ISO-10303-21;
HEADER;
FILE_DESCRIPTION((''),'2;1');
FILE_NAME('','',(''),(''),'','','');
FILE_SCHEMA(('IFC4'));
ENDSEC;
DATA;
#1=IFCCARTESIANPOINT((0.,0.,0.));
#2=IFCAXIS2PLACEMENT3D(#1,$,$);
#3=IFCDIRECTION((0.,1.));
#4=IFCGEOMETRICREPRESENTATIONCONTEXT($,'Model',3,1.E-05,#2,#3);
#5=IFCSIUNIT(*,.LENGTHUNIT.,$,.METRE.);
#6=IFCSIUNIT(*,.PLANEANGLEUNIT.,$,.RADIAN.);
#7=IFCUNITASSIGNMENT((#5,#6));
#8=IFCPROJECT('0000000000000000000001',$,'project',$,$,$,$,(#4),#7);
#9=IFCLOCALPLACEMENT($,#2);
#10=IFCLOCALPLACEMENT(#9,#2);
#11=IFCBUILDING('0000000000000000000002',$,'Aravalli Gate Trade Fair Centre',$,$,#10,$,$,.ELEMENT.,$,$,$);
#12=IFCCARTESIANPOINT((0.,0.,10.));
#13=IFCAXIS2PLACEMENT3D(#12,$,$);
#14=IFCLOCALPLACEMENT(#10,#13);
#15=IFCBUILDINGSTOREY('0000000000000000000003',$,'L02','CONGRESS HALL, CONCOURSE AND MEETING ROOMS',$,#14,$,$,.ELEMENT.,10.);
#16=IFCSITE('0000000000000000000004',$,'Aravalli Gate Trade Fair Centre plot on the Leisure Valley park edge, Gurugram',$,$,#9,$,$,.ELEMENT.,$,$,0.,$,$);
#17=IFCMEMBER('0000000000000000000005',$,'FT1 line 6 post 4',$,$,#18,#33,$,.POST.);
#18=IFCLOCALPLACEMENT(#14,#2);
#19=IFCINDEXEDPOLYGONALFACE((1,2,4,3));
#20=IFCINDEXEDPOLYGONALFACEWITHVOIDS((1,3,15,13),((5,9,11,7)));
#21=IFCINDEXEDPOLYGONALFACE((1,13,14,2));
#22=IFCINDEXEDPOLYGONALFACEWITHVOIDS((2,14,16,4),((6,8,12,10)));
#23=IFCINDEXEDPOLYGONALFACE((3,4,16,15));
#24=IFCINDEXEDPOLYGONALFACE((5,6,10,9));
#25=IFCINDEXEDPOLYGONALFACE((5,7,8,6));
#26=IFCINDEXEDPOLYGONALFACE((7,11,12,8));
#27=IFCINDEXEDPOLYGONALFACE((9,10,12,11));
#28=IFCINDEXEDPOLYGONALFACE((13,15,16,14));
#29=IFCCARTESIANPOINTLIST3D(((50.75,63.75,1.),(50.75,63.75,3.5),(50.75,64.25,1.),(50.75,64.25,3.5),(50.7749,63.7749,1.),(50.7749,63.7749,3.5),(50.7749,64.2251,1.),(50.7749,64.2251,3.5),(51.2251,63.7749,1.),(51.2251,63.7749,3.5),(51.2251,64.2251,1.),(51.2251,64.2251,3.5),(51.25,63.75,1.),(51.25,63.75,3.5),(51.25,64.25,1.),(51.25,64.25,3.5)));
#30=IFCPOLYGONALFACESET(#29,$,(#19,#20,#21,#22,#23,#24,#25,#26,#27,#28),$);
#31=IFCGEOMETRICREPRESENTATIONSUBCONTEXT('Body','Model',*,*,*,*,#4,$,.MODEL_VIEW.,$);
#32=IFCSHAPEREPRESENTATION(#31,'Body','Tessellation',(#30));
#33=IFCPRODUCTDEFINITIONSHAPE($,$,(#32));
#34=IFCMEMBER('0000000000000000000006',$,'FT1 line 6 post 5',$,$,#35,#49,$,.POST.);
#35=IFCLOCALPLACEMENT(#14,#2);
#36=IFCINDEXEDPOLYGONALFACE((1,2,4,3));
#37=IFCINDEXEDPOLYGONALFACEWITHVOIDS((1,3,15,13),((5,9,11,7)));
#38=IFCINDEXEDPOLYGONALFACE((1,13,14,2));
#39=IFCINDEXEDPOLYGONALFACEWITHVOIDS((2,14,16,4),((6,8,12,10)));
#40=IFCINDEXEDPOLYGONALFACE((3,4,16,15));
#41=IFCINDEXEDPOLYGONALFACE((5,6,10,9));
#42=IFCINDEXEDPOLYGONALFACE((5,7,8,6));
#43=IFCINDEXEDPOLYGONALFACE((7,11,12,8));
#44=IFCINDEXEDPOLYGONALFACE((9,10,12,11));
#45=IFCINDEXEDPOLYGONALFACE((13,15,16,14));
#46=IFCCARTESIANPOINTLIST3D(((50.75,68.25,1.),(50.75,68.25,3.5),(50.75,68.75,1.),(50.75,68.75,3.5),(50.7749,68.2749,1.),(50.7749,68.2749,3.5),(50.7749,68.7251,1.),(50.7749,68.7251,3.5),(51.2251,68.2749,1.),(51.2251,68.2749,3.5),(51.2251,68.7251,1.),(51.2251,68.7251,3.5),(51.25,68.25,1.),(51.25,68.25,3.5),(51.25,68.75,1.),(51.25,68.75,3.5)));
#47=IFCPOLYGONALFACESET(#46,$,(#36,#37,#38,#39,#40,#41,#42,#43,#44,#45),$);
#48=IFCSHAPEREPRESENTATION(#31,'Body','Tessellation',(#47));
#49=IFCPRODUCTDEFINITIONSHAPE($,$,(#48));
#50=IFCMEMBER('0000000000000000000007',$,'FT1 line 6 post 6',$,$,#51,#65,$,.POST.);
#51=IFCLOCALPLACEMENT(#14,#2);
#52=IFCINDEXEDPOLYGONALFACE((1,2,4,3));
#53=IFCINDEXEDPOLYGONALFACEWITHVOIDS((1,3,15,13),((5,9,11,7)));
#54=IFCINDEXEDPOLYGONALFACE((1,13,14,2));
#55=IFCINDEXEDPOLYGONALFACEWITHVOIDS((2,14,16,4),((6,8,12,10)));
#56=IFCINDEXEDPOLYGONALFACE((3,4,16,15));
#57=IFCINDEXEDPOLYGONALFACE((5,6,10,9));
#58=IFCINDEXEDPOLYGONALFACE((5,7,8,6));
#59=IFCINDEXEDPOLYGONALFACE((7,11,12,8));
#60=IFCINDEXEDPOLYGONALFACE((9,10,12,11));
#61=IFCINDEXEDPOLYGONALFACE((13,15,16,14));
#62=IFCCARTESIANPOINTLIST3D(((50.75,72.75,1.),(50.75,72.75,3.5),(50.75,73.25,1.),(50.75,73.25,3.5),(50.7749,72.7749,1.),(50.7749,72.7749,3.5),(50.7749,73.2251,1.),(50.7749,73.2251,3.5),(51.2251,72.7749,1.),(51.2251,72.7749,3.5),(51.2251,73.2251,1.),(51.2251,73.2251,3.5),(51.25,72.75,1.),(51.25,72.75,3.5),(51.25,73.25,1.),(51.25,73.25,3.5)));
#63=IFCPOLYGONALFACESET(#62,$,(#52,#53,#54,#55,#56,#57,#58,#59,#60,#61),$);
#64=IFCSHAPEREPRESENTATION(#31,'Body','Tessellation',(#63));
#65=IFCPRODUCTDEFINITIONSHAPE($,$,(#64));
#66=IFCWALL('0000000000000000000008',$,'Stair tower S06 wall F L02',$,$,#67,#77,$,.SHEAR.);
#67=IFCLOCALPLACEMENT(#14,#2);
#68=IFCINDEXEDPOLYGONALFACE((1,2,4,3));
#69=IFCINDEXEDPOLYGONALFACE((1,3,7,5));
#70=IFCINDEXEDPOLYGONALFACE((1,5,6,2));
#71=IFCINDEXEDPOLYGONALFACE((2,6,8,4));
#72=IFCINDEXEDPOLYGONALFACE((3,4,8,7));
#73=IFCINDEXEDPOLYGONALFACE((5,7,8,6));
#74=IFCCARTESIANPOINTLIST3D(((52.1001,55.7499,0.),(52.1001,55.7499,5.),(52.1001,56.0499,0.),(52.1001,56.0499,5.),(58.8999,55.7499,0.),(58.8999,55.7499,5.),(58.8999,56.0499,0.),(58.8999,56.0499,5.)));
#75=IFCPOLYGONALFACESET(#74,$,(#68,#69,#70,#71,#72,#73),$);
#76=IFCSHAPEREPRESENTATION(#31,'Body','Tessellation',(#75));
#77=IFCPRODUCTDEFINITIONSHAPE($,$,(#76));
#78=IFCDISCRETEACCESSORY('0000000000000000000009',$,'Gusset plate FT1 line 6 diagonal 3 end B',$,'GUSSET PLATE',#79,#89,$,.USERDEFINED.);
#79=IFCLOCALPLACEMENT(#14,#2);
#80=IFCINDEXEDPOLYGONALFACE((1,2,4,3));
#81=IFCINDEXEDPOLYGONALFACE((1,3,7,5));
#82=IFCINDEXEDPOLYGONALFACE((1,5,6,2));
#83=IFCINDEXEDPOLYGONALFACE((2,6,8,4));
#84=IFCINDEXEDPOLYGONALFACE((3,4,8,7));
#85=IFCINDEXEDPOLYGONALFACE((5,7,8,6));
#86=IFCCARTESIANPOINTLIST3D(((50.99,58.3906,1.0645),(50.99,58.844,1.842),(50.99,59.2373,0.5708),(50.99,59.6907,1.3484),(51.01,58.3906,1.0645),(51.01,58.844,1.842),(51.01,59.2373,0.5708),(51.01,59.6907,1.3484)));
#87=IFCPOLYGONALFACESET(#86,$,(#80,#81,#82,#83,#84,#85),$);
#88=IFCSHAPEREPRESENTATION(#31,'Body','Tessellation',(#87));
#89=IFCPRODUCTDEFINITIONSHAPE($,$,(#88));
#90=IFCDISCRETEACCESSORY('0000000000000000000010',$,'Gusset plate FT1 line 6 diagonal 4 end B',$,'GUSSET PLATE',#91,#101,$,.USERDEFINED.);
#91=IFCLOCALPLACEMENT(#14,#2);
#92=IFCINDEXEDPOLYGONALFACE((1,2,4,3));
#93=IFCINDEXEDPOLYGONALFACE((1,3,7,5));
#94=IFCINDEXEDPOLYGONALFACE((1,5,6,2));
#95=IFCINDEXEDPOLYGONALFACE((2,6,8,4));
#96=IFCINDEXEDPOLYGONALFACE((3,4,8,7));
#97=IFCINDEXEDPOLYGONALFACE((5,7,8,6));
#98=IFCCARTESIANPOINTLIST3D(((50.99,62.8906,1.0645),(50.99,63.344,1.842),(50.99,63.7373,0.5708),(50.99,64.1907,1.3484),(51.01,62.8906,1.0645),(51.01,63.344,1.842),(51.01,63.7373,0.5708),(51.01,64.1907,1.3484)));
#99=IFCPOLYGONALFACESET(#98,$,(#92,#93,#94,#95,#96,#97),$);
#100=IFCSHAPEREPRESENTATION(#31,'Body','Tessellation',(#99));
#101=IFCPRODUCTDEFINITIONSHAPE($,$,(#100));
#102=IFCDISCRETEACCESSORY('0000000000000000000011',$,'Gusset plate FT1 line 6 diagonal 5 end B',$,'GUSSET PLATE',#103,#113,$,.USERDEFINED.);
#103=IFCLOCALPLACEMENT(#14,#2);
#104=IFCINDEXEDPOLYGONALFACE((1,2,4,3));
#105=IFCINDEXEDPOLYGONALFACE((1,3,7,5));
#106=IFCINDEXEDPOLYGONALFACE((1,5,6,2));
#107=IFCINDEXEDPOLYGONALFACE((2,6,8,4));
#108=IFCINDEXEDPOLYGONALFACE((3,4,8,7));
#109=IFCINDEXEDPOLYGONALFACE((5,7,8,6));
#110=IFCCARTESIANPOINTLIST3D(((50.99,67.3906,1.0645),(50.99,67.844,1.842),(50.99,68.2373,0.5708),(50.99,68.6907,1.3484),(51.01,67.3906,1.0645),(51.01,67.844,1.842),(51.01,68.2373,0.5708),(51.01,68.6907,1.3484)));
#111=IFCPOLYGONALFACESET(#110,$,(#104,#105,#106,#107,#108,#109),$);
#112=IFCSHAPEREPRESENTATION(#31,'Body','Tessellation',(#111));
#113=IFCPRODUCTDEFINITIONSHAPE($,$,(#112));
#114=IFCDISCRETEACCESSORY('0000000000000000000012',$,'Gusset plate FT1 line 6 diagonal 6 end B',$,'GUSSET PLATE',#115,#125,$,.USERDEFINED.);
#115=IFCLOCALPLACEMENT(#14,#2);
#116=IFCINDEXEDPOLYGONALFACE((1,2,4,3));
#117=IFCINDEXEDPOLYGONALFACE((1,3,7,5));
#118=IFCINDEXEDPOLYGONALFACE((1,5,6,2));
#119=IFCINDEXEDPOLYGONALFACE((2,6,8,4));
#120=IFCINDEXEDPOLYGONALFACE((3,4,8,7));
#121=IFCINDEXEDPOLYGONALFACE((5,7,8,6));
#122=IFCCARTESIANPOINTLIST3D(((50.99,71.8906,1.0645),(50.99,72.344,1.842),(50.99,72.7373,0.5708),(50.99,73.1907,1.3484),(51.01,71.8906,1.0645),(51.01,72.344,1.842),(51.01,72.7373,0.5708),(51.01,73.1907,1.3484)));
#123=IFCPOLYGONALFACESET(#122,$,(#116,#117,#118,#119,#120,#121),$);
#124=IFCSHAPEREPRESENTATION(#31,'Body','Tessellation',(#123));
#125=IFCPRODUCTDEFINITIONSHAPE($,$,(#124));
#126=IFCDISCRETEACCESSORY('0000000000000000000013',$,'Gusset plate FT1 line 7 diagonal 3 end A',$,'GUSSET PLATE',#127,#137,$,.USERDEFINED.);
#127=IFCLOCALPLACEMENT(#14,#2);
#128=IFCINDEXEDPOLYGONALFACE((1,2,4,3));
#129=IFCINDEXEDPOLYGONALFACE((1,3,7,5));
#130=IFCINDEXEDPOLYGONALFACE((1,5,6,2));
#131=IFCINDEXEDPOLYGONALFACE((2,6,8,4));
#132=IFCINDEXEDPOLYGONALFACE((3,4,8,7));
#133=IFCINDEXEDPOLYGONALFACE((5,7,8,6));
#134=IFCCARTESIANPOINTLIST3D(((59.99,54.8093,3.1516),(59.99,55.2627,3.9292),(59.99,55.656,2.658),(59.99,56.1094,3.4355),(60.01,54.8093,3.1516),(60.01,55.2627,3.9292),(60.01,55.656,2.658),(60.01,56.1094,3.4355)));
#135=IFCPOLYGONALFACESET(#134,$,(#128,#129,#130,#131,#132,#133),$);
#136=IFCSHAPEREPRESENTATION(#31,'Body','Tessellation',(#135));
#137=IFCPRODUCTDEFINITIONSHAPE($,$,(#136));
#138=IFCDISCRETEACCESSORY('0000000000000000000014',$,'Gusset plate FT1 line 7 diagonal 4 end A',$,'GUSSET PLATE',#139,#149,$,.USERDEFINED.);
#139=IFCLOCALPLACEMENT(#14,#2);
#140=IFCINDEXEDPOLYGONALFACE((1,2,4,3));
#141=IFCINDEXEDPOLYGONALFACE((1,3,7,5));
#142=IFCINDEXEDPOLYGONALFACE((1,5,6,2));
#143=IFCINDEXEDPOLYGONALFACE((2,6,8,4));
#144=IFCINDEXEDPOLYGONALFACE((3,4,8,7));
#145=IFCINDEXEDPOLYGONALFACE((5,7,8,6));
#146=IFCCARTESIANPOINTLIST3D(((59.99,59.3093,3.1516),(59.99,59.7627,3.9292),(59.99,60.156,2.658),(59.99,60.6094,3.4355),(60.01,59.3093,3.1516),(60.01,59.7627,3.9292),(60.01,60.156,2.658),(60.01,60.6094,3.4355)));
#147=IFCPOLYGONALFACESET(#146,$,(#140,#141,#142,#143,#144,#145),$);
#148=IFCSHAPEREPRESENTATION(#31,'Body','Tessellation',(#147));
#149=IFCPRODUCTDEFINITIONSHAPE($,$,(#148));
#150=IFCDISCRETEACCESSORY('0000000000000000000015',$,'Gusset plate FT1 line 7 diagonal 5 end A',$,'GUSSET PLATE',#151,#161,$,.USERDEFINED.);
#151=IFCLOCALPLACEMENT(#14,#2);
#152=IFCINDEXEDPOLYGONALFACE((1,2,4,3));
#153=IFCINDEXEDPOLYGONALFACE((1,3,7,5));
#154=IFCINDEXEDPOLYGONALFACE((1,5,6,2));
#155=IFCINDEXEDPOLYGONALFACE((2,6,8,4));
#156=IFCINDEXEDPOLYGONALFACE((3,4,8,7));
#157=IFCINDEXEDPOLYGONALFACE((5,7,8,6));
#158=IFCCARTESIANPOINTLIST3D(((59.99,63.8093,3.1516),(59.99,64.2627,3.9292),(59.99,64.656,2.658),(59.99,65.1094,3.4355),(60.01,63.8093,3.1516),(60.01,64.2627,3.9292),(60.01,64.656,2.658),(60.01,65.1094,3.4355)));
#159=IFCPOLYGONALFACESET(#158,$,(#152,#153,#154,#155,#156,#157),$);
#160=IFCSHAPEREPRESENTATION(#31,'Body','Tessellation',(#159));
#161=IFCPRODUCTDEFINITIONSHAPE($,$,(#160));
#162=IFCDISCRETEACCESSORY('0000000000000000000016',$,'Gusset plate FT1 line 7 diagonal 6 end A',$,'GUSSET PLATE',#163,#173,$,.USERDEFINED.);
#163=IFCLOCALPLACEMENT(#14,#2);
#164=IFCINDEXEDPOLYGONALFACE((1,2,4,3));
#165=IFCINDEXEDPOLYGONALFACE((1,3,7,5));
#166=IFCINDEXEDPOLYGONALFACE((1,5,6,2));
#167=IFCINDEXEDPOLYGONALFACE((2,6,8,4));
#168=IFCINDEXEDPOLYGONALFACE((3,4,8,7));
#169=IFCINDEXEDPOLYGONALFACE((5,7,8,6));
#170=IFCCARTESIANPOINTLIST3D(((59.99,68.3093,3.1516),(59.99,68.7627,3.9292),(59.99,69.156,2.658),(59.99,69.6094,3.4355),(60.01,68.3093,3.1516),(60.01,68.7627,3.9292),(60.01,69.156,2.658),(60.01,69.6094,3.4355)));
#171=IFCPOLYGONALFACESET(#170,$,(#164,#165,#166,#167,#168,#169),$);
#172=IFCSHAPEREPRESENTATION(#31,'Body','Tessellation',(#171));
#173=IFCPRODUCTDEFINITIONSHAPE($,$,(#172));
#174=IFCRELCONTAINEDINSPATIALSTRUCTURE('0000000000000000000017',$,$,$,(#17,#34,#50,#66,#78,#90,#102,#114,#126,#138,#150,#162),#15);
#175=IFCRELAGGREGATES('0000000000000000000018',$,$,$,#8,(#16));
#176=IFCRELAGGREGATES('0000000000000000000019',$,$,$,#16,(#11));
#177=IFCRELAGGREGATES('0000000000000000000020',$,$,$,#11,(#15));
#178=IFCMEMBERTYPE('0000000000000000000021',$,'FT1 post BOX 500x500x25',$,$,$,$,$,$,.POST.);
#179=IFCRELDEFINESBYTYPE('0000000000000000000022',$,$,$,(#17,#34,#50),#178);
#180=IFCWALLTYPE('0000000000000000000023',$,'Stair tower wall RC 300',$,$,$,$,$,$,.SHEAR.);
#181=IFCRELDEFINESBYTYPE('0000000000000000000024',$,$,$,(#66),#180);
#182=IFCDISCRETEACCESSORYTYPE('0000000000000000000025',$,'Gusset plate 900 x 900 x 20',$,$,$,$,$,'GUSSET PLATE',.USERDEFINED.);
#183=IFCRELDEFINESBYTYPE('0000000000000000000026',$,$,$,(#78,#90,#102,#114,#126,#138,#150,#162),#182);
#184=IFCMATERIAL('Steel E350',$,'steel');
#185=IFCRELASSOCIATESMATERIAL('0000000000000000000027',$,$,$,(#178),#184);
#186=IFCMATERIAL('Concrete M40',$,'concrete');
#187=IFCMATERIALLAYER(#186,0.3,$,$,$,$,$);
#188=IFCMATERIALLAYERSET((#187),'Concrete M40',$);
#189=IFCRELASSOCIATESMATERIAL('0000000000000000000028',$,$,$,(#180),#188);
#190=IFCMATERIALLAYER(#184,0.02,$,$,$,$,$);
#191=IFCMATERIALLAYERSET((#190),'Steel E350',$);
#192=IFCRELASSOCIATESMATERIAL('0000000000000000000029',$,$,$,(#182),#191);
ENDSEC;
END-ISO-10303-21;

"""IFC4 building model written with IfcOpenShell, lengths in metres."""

from ifc_helpers import new_model, si_unit, direction, frame, frame_2d, origin, origin_2d, place, context, subcontext, project, spatial, polyline, rectangle, hollow_rectangle, outline, extrude, material, layer, layer_set, material_profile, profile_set, type_object, element, save


model = new_model("IFC4")

# Units and contexts
model_context = context("Model", 3, precision=1e-05, world=origin(), true_north=direction((0.0, 1.0)))
body_context = subcontext(model_context, "Body", "Model", "MODEL_VIEW")
ifc_project = project(units=[si_unit("LENGTHUNIT", "METRE"), si_unit("PLANEANGLEUNIT", "RADIAN")], contexts=[model_context])

# Site, building, storey
site_placement = place(None, origin())
site = spatial("IfcSite", under=ifc_project, at=site_placement, Name="Aravalli Gate Trade Fair Centre plot on the Leisure Valley park edge, Gurugram", CompositionType="ELEMENT", RefElevation=0.0)
building_placement = place(site_placement, origin())
building = spatial("IfcBuilding", under=site, at=building_placement, Name="Aravalli Gate Trade Fair Centre", CompositionType="ELEMENT")
storey_placement = place(building_placement, frame((0.0, 0.0, 10.0)))
storey = spatial("IfcBuildingStorey", under=building, at=storey_placement, Name="L02", Description="CONGRESS HALL, CONCOURSE AND MEETING ROOMS", CompositionType="ELEMENT", Elevation=10.0)

# Members
ifc_material_1 = material(Name="Steel E350", Category="steel")
ifc_material_profile_1 = material_profile(ifc_material_1, hollow_rectangle(XDim=0.5, YDim=0.5, WallThickness=0.0249, at=origin_2d()), Name="BOX 500x500x25")
ifc_profile_set_1 = profile_set([ifc_material_profile_1], Name="Steel E350")
member_type_1 = type_object("IfcMemberType", Name="FT1 post BOX 500x500x25", PredefinedType="POST", material=ifc_profile_set_1)
for number, where, z_axis, x_axis, name in (
    (1, (51.0, 64.0, 1.0), (0.0, 0.0, 1.0), (1.0, 0.0, 0.0), "FT1 line 6 post 4"),
    (2, (51.0, 68.5, 1.0), (0.0, 0.0, 1.0), (1.0, 0.0, 0.0), "FT1 line 6 post 5"),
    (3, (51.0, 73.0, 1.0), (0.0, 0.0, 1.0), (1.0, 0.0, 0.0), "FT1 line 6 post 6"),
):
    element("IfcMember", number, at=place(storey_placement, frame(where, z_axis=z_axis, x_axis=x_axis)), inside=storey, type_object=member_type_1, Name=name, PredefinedType="POST", context=body_context, shape_type="SweptSolid", body=[
        extrude(hollow_rectangle(XDim=0.5, YDim=0.5, WallThickness=0.0249, at=origin_2d()), origin(), (0.0, 0.0, 1.0), 2.5),
    ])

# Wall
ifc_material_2 = material(Name="Concrete M40", Category="concrete")
ifc_layer_1 = layer(ifc_material_2, 0.3)
ifc_layer_set_1 = layer_set([ifc_layer_1], Name="Concrete M40")
wall_type = type_object("IfcWallType", Name="Stair tower wall RC 300", PredefinedType="SHEAR", material=ifc_layer_set_1)
wall_placement = place(storey_placement, frame((52.1001, 55.8999, 0.0), z_axis=(0.0, 0.0, 1.0), x_axis=(1.0, 0.0, 0.0)))
element("IfcWall", 4, at=wall_placement, inside=storey, type_object=wall_type, Name="Stair tower S06 wall F L02", PredefinedType="SHEAR", context=body_context, shape_type="SweptSolid", body=[
    extrude(rectangle(XDim=6.7998, YDim=0.3, at=frame_2d((3.3999, 0.0))), origin(), (0.0, 0.0, 1.0), 5.0),
])

# Discrete accessories
ifc_layer_2 = layer(ifc_material_1, 0.02)
ifc_layer_set_2 = layer_set([ifc_layer_2], Name="Steel E350")
discrete_accessory_type = type_object("IfcDiscreteAccessoryType", Name="Gusset plate 900 x 900 x 20", ElementType="GUSSET PLATE", PredefinedType="USERDEFINED", material=ifc_layer_set_2)
for number, where, z_axis, x_axis, name in (
    (5, (51.01, 58.3906, 1.0645), (1.0, 0.0, 0.0), (0.0, 0.863887, -0.503685), "Gusset plate FT1 line 6 diagonal 3 end B"),
    (6, (51.01, 62.8906, 1.0645), (1.0, 0.0, 0.0), (0.0, 0.863887, -0.503685), "Gusset plate FT1 line 6 diagonal 4 end B"),
    (7, (51.01, 67.3906, 1.0645), (1.0, 0.0, 0.0), (0.0, 0.863887, -0.503685), "Gusset plate FT1 line 6 diagonal 5 end B"),
    (8, (51.01, 71.8906, 1.0645), (1.0, 0.0, 0.0), (0.0, 0.863887, -0.503685), "Gusset plate FT1 line 6 diagonal 6 end B"),
):
    element("IfcDiscreteAccessory", number, at=place(storey_placement, frame(where, z_axis=z_axis, x_axis=x_axis)), inside=storey, type_object=discrete_accessory_type, Name=name, ObjectType="GUSSET PLATE", PredefinedType="USERDEFINED", context=body_context, shape_type="SweptSolid", body=[
        extrude(outline(polyline([(0.0, 0.0), (0.9801, 0.0), (0.9801, 0.9001), (0.0, 0.9001), (0.0, 0.0)])), origin(), (0.0, 0.0, -1.0), 0.02),
    ])
for number, where, z_axis, x_axis, name in (
    (9, (59.99, 55.656, 2.658), (-1.0, 0.0, 0.0), (0.0, -0.863887, 0.503685), "Gusset plate FT1 line 7 diagonal 3 end A"),
    (10, (59.99, 60.156, 2.658), (-1.0, 0.0, 0.0), (0.0, -0.863887, 0.503685), "Gusset plate FT1 line 7 diagonal 4 end A"),
    (11, (59.99, 64.656, 2.658), (-1.0, 0.0, 0.0), (0.0, -0.863887, 0.503685), "Gusset plate FT1 line 7 diagonal 5 end A"),
    (12, (59.99, 69.156, 2.658), (-1.0, 0.0, 0.0), (0.0, -0.863887, 0.503685), "Gusset plate FT1 line 7 diagonal 6 end A"),
):
    element("IfcDiscreteAccessory", number, at=place(storey_placement, frame(where, z_axis=z_axis, x_axis=x_axis)), inside=storey, type_object=discrete_accessory_type, Name=name, ObjectType="GUSSET PLATE", PredefinedType="USERDEFINED", context=body_context, shape_type="SweptSolid", body=[
        extrude(outline(polyline([(0.0, 0.0), (0.9801, 0.0), (0.9801, 0.9001), (0.0, 0.9001), (0.0, 0.0)])), origin(), (0.0, 0.0, -1.0), 0.02),
    ])

save(model, "model.ifc")
